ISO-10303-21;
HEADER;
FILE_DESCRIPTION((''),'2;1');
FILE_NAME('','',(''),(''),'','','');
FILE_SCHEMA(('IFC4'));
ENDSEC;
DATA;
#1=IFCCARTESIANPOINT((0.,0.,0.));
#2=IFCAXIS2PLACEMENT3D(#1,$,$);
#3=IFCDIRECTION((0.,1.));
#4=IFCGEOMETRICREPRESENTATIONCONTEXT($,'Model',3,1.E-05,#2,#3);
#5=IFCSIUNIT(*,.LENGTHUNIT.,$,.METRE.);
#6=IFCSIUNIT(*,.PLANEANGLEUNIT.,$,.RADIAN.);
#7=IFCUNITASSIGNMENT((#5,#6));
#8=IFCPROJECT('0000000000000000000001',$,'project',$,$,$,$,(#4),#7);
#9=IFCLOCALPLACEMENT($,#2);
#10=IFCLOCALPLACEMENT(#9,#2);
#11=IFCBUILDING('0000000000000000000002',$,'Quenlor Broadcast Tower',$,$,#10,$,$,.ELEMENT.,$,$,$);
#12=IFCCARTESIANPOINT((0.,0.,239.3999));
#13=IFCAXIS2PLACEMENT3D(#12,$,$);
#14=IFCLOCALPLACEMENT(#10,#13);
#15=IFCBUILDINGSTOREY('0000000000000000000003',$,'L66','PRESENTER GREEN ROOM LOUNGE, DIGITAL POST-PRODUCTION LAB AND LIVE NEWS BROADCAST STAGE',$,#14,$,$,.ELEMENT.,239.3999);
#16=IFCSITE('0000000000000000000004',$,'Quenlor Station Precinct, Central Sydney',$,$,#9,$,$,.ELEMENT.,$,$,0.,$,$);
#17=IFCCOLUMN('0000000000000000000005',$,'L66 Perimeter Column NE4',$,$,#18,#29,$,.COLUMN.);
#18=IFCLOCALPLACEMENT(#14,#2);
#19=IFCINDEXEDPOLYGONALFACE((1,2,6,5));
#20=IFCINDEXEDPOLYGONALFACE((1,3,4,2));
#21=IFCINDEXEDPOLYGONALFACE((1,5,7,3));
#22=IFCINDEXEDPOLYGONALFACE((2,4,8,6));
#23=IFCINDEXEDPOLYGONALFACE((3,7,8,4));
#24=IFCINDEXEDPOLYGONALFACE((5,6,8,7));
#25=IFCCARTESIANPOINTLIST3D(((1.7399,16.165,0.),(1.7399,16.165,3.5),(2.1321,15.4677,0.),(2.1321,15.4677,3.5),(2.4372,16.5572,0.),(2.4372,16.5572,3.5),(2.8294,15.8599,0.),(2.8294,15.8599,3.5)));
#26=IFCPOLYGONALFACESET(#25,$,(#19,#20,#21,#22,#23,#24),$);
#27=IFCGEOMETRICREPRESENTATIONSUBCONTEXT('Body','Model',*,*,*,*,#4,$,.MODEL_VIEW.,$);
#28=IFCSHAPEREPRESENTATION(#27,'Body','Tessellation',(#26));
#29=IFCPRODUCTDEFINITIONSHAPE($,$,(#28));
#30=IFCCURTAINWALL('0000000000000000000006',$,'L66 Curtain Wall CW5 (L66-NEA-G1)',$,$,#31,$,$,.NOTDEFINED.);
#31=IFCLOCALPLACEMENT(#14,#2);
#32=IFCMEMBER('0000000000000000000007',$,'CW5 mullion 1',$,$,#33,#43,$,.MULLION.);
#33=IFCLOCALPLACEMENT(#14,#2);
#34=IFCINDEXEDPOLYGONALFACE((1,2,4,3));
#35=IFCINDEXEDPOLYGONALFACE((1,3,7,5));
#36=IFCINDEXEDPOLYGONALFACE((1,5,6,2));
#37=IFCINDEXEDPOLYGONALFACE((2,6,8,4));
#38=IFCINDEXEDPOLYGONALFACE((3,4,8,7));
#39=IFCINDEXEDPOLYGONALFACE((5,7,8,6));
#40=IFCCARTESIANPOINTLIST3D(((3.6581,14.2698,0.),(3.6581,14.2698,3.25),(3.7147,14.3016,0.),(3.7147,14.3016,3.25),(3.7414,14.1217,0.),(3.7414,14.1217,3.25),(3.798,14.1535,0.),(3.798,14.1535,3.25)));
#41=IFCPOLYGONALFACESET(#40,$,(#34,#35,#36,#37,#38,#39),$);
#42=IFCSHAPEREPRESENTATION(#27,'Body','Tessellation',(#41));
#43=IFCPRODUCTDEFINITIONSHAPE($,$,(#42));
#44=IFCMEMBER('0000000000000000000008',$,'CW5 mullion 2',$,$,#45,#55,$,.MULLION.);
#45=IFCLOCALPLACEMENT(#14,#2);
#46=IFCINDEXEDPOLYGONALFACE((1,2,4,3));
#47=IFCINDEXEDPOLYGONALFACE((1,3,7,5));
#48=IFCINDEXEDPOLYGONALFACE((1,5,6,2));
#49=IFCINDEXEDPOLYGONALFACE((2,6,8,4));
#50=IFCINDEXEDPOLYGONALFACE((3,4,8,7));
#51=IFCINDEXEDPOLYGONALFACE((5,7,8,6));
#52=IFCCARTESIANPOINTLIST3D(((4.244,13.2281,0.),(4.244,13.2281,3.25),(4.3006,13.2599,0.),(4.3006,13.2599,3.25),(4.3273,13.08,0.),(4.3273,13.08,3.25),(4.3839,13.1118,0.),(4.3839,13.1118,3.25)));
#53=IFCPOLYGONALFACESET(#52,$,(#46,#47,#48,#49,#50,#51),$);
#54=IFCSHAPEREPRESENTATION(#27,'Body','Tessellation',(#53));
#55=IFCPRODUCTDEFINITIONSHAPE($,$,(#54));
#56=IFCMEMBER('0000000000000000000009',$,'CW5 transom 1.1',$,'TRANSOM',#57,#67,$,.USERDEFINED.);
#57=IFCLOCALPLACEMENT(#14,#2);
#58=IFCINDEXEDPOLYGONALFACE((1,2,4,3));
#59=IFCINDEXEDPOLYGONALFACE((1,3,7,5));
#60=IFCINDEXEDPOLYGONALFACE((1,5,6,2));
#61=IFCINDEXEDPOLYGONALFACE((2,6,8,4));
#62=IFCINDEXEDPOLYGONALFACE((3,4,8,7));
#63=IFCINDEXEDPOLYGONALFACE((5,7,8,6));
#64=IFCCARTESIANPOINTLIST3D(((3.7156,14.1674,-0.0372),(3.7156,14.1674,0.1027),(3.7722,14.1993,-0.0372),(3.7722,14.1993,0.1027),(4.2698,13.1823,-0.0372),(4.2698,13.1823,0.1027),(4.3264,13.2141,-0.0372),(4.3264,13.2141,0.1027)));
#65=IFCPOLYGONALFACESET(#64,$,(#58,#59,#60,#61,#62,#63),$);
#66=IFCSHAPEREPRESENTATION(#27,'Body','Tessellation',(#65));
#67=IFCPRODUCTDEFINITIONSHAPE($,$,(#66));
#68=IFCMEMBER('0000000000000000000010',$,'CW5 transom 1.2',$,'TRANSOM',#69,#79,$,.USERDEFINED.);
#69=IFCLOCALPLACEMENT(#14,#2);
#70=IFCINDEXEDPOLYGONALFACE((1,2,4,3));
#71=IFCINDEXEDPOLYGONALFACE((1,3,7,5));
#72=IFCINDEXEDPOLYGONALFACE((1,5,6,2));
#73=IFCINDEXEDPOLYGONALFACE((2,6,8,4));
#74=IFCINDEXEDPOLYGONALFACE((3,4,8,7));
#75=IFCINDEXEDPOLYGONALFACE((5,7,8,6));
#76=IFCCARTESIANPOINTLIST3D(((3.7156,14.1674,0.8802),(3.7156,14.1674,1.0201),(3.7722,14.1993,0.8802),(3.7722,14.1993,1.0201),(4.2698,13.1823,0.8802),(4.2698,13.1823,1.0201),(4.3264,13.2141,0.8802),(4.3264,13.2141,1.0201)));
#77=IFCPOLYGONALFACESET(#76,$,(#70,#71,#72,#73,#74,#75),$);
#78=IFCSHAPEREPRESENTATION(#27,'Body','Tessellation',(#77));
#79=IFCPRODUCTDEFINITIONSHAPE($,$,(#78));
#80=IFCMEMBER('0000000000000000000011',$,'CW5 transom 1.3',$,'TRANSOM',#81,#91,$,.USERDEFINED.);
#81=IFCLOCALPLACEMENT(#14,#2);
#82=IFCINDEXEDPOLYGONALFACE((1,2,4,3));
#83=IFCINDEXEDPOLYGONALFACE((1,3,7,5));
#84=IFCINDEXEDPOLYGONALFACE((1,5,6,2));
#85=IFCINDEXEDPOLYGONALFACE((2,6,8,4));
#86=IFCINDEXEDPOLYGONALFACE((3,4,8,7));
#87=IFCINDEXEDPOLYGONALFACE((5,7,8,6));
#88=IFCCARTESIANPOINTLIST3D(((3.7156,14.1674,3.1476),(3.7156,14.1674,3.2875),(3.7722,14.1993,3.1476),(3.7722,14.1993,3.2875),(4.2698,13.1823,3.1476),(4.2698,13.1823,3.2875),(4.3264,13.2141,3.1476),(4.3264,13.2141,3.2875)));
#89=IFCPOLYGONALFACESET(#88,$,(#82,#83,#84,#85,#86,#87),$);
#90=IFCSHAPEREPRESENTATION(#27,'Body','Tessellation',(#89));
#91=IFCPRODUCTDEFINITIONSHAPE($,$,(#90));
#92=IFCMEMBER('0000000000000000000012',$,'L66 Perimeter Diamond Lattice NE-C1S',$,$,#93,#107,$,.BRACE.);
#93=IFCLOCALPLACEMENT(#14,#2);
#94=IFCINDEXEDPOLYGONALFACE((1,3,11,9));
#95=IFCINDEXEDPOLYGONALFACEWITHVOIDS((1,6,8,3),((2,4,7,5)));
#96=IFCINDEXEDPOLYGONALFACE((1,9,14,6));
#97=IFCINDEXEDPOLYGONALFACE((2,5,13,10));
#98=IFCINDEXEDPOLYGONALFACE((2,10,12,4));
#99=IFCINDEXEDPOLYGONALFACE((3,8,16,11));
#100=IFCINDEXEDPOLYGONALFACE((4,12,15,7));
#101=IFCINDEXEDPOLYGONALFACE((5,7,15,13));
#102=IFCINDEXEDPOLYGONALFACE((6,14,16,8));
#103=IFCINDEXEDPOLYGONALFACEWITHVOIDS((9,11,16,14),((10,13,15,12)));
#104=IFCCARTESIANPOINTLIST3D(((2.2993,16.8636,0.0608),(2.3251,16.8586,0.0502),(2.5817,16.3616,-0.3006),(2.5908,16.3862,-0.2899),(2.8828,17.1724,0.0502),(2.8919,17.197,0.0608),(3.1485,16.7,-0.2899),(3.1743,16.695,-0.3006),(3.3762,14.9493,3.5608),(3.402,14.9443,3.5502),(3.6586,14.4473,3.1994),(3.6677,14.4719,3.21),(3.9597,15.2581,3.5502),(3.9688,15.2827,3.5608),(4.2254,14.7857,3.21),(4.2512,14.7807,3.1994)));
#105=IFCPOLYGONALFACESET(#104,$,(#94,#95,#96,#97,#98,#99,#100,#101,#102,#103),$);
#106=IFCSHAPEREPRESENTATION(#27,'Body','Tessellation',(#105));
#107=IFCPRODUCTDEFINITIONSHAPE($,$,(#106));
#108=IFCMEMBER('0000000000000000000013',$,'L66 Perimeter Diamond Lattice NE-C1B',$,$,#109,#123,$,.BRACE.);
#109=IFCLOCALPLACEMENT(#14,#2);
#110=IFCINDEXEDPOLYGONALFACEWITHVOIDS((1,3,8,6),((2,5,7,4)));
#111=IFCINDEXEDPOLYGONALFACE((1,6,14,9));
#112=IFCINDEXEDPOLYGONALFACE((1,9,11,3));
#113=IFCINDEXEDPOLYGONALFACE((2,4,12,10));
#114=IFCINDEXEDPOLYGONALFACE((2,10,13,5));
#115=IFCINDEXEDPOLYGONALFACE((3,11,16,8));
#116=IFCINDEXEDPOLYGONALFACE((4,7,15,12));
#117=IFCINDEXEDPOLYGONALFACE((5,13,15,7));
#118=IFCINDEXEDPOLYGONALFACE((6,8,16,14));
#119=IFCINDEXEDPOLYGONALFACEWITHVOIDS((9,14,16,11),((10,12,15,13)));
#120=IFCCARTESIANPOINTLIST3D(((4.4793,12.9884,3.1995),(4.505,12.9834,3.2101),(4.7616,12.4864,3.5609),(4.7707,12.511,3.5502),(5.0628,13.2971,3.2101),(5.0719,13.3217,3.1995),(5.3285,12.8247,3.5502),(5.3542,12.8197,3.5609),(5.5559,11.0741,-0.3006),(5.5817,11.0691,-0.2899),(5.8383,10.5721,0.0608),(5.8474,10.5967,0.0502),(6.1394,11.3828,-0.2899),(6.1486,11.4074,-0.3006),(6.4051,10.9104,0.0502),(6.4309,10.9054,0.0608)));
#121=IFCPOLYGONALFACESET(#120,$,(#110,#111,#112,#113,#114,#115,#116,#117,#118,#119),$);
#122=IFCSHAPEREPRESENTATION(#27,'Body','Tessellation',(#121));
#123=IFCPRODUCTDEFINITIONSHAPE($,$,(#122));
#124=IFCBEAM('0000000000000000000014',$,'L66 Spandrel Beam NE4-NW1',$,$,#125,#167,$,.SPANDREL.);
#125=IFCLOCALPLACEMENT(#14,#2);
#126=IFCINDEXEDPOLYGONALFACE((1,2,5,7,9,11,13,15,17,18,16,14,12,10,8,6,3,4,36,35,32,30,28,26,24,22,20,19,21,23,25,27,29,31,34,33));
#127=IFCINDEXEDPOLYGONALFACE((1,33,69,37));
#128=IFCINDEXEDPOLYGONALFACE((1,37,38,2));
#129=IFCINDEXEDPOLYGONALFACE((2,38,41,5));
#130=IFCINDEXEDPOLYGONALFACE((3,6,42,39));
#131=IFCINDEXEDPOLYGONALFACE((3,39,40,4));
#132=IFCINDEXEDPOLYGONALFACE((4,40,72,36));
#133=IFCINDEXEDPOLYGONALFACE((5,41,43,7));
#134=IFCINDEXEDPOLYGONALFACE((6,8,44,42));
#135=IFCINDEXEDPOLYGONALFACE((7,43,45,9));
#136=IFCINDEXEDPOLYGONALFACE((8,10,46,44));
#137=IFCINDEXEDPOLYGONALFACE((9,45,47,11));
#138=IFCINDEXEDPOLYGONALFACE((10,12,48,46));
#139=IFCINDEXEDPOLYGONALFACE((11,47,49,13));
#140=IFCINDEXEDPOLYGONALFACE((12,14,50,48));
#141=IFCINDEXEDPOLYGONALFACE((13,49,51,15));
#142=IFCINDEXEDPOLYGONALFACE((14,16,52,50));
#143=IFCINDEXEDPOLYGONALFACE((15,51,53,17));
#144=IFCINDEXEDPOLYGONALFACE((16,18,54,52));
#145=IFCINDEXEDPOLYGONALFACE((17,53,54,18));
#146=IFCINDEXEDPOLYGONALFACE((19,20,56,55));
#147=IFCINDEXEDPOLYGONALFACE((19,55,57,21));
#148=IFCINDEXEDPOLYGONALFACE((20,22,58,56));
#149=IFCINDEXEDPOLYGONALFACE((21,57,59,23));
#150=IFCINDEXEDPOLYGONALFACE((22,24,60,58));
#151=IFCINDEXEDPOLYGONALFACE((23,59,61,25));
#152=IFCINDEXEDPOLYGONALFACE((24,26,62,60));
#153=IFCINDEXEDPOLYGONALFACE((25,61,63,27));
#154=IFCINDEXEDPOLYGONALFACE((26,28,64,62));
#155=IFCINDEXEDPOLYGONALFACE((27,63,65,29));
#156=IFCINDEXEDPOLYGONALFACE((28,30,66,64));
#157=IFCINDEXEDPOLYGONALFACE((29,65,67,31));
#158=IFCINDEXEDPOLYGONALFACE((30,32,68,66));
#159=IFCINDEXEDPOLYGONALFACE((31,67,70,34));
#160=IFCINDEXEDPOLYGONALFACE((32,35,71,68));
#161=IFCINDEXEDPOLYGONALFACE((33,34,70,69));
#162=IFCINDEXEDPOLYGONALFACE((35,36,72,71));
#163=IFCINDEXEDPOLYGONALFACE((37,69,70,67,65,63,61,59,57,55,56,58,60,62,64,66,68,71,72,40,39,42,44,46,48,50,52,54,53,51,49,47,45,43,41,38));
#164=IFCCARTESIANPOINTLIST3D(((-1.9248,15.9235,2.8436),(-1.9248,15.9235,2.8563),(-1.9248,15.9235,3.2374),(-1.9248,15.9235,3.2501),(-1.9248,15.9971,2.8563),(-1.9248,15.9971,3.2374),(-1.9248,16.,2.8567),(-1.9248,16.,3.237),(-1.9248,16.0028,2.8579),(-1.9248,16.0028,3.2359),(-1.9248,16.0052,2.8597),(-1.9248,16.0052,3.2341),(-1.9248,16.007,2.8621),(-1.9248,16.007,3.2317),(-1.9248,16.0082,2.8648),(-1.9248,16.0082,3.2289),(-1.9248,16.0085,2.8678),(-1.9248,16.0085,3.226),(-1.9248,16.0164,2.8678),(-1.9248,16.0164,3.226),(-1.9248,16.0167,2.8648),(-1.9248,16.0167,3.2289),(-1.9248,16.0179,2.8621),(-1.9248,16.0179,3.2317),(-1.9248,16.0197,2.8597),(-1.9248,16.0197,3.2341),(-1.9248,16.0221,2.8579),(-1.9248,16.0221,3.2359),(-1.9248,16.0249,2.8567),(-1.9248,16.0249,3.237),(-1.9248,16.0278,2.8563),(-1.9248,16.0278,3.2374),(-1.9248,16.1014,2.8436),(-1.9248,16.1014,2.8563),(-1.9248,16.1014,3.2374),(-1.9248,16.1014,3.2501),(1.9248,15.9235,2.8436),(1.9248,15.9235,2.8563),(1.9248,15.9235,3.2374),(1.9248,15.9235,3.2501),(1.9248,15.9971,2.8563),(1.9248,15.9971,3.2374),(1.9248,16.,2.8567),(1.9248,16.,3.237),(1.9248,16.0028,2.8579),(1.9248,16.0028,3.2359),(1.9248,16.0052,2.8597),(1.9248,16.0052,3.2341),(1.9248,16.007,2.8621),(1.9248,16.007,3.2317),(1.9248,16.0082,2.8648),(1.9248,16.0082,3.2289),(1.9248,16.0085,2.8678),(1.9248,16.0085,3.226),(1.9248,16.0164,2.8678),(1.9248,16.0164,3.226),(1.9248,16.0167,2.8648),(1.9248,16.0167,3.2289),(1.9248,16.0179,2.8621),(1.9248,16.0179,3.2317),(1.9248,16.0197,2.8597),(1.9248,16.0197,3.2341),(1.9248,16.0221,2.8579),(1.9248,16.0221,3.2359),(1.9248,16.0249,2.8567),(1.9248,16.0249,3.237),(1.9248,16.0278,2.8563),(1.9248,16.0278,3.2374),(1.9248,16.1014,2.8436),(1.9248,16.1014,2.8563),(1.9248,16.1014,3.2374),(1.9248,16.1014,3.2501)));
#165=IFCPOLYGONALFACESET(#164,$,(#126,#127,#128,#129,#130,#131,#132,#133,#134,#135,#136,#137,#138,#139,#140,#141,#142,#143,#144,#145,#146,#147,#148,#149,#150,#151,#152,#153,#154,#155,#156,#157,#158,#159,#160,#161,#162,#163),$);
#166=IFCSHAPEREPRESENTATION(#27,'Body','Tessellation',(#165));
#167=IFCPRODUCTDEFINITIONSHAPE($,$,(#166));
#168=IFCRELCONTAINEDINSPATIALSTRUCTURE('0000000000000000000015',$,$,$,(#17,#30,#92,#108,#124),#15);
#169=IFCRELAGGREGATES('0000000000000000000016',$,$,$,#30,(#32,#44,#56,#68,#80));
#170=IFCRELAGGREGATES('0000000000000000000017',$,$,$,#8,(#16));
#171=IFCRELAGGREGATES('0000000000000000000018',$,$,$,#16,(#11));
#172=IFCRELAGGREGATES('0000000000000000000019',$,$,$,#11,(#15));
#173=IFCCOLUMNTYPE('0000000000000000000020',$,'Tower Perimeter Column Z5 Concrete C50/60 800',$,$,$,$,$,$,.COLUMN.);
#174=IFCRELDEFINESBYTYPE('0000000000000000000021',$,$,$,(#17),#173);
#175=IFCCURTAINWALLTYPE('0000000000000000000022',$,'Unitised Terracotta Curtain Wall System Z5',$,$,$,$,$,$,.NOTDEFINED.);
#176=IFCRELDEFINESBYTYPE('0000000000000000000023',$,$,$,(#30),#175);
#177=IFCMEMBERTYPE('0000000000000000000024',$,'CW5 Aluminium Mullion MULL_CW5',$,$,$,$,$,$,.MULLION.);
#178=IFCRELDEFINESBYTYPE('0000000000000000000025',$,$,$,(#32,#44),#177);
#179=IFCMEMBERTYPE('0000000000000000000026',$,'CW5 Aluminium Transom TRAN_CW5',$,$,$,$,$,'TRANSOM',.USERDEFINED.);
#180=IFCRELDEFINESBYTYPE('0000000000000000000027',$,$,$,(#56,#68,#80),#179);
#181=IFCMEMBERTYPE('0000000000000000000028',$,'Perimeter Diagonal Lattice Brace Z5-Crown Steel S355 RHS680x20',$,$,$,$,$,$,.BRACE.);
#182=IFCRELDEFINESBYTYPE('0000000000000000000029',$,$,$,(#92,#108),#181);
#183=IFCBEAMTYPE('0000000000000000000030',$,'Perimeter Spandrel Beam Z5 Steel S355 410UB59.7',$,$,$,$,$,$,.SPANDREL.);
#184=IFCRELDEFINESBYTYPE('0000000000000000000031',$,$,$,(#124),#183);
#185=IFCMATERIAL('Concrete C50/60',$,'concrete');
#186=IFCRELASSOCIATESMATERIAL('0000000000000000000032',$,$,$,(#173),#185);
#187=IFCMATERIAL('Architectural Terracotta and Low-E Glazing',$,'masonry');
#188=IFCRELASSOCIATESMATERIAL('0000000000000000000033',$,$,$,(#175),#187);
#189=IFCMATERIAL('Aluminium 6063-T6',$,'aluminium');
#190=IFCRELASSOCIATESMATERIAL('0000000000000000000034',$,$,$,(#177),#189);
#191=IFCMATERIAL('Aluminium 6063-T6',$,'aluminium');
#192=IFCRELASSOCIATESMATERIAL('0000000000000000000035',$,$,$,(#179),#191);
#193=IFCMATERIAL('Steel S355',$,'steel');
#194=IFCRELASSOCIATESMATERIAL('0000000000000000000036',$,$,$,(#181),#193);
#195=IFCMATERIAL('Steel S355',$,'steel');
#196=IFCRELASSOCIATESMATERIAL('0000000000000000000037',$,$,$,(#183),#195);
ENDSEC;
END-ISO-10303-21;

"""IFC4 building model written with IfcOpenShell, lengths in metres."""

from ifc_helpers import new_model, si_unit, direction, frame, origin, origin_2d, place, context, subcontext, project, spatial, rectangle, hollow_rectangle, i_section, extrude, material, material_profile, profile_set, type_object, element, aggregate, save


model = new_model("IFC4")

# Units and contexts
model_context = context("Model", 3, precision=1e-05, world=origin(), true_north=direction((0.0, 1.0)))
body_context = subcontext(model_context, "Body", "Model", "MODEL_VIEW")
ifc_project = project(units=[si_unit("LENGTHUNIT", "METRE"), si_unit("PLANEANGLEUNIT", "RADIAN")], contexts=[model_context])

# Site, building, storey
site_placement = place(None, origin())
site = spatial("IfcSite", under=ifc_project, at=site_placement, Name="Quenlor Station Precinct, Central Sydney", CompositionType="ELEMENT", RefElevation=0.0)
building_placement = place(site_placement, origin())
building = spatial("IfcBuilding", under=site, at=building_placement, Name="Quenlor Broadcast Tower", CompositionType="ELEMENT")
storey_placement = place(building_placement, frame((0.0, 0.0, 239.3999)))
storey = spatial("IfcBuildingStorey", under=building, at=storey_placement, Name="L66", Description="PRESENTER GREEN ROOM LOUNGE, DIGITAL POST-PRODUCTION LAB AND LIVE NEWS BROADCAST STAGE", CompositionType="ELEMENT", Elevation=239.3999)

# Column
ifc_material_1 = material(Name="Concrete C50/60", Category="concrete")
ifc_material_profile_1 = material_profile(ifc_material_1, rectangle(XDim=0.8, YDim=0.8, at=origin_2d()))
ifc_profile_set_1 = profile_set([ifc_material_profile_1], Name="Concrete C50/60 RC800x800")
column_type = type_object("IfcColumnType", Name="Tower Perimeter Column Z5 Concrete C50/60 800", PredefinedType="COLUMN", material=ifc_profile_set_1)
column_placement = place(storey_placement, frame((2.2847, 16.0125, 0.0), z_axis=(0.0, 0.0, 1.0), x_axis=(0.871575, 0.490262, 0.0)))
element("IfcColumn", 1, at=column_placement, inside=storey, type_object=column_type, Name="L66 Perimeter Column NE4", PredefinedType="COLUMN", context=body_context, shape_type="SweptSolid", body=[
    extrude(rectangle(XDim=0.8, YDim=0.8, at=origin_2d()), origin(), (0.0, 0.0, 1.0), 3.5),
])

# Curtain wall, members
ifc_material_2 = material(Name="Architectural Terracotta and Low-E Glazing", Category="masonry")
curtain_wall_type = type_object("IfcCurtainWallType", Name="Unitised Terracotta Curtain Wall System Z5", PredefinedType="NOTDEFINED", material=ifc_material_2)
curtain_wall_placement = place(storey_placement, origin())
curtain_wall = element("IfcCurtainWall", 2, at=curtain_wall_placement, inside=storey, type_object=curtain_wall_type, Name="L66 Curtain Wall CW5 (L66-NEA-G1)", PredefinedType="NOTDEFINED")
ifc_material_3 = material(Name="Aluminium 6063-T6", Category="aluminium")
ifc_material_profile_2 = material_profile(ifc_material_3, rectangle(XDim=0.0649, YDim=0.1699, at=origin_2d()))
ifc_profile_set_2 = profile_set([ifc_material_profile_2], Name="Aluminium 6063-T6 MULL65x170")
member_type_1 = type_object("IfcMemberType", Name="CW5 Aluminium Mullion MULL_CW5", PredefinedType="MULLION", material=ifc_profile_set_2)
member_1_placement = place(storey_placement, frame((3.728, 14.2117, 0.0), z_axis=(0.0, 0.0, 1.0), x_axis=(0.871559, 0.490291, 0.0)))
member_1 = element("IfcMember", 3, at=member_1_placement, type_object=member_type_1, Name="CW5 mullion 1", PredefinedType="MULLION", context=body_context, shape_type="SweptSolid", body=[
    extrude(rectangle(XDim=0.0649, YDim=0.1699, at=origin_2d()), origin(), (0.0, 0.0, 1.0), 3.25),
])
member_2_placement = place(storey_placement, frame((4.314, 13.1699, 0.0), z_axis=(0.0, 0.0, 1.0), x_axis=(0.871559, 0.490291, 0.0)))
member_2 = element("IfcMember", 4, at=member_2_placement, type_object=member_type_1, Name="CW5 mullion 2", PredefinedType="MULLION", context=body_context, shape_type="SweptSolid", body=[
    extrude(rectangle(XDim=0.0649, YDim=0.1699, at=origin_2d()), origin(), (0.0, 0.0, 1.0), 3.25),
])
ifc_material_4 = material(Name="Aluminium 6063-T6", Category="aluminium")
ifc_material_profile_3 = material_profile(ifc_material_4, rectangle(XDim=0.0649, YDim=0.1399, at=origin_2d()))
ifc_profile_set_3 = profile_set([ifc_material_profile_3], Name="Aluminium 6063-T6 TRAN65x140")
member_type_2 = type_object("IfcMemberType", Name="CW5 Aluminium Transom TRAN_CW5", ElementType="TRANSOM", PredefinedType="USERDEFINED", material=ifc_profile_set_3)
member_3_placement = place(storey_placement, frame((3.7439, 14.1833, 0.0327), z_axis=(0.490313, -0.871547, 0.0), x_axis=(0.871547, 0.490313, 0.0)))
member_3 = element("IfcMember", 5, at=member_3_placement, type_object=member_type_2, Name="CW5 transom 1.1", ObjectType="TRANSOM", PredefinedType="USERDEFINED", context=body_context, shape_type="SweptSolid", body=[
    extrude(rectangle(XDim=0.0649, YDim=0.1399, at=origin_2d()), origin(), (0.0, 0.0, 1.0), 1.1304),
])
member_4_placement = place(storey_placement, frame((3.7439, 14.1833, 0.9502), z_axis=(0.490313, -0.871547, 0.0), x_axis=(0.871547, 0.490313, 0.0)))
member_4 = element("IfcMember", 6, at=member_4_placement, type_object=member_type_2, Name="CW5 transom 1.2", ObjectType="TRANSOM", PredefinedType="USERDEFINED", context=body_context, shape_type="SweptSolid", body=[
    extrude(rectangle(XDim=0.0649, YDim=0.1399, at=origin_2d()), origin(), (0.0, 0.0, 1.0), 1.1304),
])
member_5_placement = place(storey_placement, frame((3.7439, 14.1833, 3.2175), z_axis=(0.490313, -0.871547, 0.0), x_axis=(0.871547, 0.490313, 0.0)))
member_5 = element("IfcMember", 7, at=member_5_placement, type_object=member_type_2, Name="CW5 transom 1.3", ObjectType="TRANSOM", PredefinedType="USERDEFINED", context=body_context, shape_type="SweptSolid", body=[
    extrude(rectangle(XDim=0.0649, YDim=0.1399, at=origin_2d()), origin(), (0.0, 0.0, 1.0), 1.1304),
])

# Members
ifc_material_5 = material(Name="Steel S355", Category="steel")
ifc_material_profile_4 = material_profile(ifc_material_5, hollow_rectangle(XDim=0.6799, YDim=0.6799, WallThickness=0.02, at=origin_2d()))
ifc_profile_set_4 = profile_set([ifc_material_profile_4], Name="Steel S355 RHS680x680x20")
member_type_3 = type_object("IfcMemberType", Name="Perimeter Diagonal Lattice Brace Z5-Crown Steel S355 RHS680x20", PredefinedType="BRACE", material=ifc_profile_set_4)
for number, where, z_axis, x_axis, name in (
    (8, (2.7368, 16.7793, -0.1199), (0.260619, -0.463276, 0.847026), (0.871555, 0.490298, 0.0), "L66 Perimeter Diamond Lattice NE-C1S"),
    (9, (5.9934, 10.9897, -0.1199), (-0.260564, 0.463283, 0.847039), (-0.871602, -0.490214, 0.0), "L66 Perimeter Diamond Lattice NE-C1B"),
):
    element("IfcMember", number, at=place(storey_placement, frame(where, z_axis=z_axis, x_axis=x_axis)), inside=storey, type_object=member_type_3, Name=name, PredefinedType="BRACE", context=body_context, shape_type="SweptSolid", body=[
        extrude(hollow_rectangle(XDim=0.6799, YDim=0.6799, WallThickness=0.02, at=origin_2d()), origin(), (0.0, 0.0, 1.0), 4.1321),
    ])

# Beam
ifc_material_6 = material(Name="Steel S355", Category="steel")
ifc_material_profile_5 = material_profile(ifc_material_6, i_section(OverallWidth=0.178, OverallDepth=0.4065, WebThickness=0.0078, FlangeThickness=0.0127, FilletRadius=0.0115, at=origin_2d()))
ifc_profile_set_5 = profile_set([ifc_material_profile_5], Name="Steel S355 410UB59.7")
beam_type_1 = type_object("IfcBeamType", Name="Perimeter Spandrel Beam Z5 Steel S355 410UB59.7", PredefinedType="SPANDREL", material=ifc_profile_set_5)
beam_1_placement = place(storey_placement, frame((1.9248, 16.0125, 3.0469), z_axis=(-1.0, 0.0, 0.0), x_axis=(0.0, -1.0, 0.0)))
element("IfcBeam", 10, at=beam_1_placement, inside=storey, type_object=beam_type_1, Name="L66 Spandrel Beam NE4-NW1", PredefinedType="SPANDREL", context=body_context, shape_type="SweptSolid", body=[
    extrude(i_section(OverallWidth=0.178, OverallDepth=0.4065, WebThickness=0.0078, FlangeThickness=0.0127, FilletRadius=0.0115, at=origin_2d()), origin(), (0.0, 0.0, 1.0), 3.8496),
])

aggregate(curtain_wall, [member_1, member_2, member_3, member_4, member_5])

save(model, "model.ifc")
